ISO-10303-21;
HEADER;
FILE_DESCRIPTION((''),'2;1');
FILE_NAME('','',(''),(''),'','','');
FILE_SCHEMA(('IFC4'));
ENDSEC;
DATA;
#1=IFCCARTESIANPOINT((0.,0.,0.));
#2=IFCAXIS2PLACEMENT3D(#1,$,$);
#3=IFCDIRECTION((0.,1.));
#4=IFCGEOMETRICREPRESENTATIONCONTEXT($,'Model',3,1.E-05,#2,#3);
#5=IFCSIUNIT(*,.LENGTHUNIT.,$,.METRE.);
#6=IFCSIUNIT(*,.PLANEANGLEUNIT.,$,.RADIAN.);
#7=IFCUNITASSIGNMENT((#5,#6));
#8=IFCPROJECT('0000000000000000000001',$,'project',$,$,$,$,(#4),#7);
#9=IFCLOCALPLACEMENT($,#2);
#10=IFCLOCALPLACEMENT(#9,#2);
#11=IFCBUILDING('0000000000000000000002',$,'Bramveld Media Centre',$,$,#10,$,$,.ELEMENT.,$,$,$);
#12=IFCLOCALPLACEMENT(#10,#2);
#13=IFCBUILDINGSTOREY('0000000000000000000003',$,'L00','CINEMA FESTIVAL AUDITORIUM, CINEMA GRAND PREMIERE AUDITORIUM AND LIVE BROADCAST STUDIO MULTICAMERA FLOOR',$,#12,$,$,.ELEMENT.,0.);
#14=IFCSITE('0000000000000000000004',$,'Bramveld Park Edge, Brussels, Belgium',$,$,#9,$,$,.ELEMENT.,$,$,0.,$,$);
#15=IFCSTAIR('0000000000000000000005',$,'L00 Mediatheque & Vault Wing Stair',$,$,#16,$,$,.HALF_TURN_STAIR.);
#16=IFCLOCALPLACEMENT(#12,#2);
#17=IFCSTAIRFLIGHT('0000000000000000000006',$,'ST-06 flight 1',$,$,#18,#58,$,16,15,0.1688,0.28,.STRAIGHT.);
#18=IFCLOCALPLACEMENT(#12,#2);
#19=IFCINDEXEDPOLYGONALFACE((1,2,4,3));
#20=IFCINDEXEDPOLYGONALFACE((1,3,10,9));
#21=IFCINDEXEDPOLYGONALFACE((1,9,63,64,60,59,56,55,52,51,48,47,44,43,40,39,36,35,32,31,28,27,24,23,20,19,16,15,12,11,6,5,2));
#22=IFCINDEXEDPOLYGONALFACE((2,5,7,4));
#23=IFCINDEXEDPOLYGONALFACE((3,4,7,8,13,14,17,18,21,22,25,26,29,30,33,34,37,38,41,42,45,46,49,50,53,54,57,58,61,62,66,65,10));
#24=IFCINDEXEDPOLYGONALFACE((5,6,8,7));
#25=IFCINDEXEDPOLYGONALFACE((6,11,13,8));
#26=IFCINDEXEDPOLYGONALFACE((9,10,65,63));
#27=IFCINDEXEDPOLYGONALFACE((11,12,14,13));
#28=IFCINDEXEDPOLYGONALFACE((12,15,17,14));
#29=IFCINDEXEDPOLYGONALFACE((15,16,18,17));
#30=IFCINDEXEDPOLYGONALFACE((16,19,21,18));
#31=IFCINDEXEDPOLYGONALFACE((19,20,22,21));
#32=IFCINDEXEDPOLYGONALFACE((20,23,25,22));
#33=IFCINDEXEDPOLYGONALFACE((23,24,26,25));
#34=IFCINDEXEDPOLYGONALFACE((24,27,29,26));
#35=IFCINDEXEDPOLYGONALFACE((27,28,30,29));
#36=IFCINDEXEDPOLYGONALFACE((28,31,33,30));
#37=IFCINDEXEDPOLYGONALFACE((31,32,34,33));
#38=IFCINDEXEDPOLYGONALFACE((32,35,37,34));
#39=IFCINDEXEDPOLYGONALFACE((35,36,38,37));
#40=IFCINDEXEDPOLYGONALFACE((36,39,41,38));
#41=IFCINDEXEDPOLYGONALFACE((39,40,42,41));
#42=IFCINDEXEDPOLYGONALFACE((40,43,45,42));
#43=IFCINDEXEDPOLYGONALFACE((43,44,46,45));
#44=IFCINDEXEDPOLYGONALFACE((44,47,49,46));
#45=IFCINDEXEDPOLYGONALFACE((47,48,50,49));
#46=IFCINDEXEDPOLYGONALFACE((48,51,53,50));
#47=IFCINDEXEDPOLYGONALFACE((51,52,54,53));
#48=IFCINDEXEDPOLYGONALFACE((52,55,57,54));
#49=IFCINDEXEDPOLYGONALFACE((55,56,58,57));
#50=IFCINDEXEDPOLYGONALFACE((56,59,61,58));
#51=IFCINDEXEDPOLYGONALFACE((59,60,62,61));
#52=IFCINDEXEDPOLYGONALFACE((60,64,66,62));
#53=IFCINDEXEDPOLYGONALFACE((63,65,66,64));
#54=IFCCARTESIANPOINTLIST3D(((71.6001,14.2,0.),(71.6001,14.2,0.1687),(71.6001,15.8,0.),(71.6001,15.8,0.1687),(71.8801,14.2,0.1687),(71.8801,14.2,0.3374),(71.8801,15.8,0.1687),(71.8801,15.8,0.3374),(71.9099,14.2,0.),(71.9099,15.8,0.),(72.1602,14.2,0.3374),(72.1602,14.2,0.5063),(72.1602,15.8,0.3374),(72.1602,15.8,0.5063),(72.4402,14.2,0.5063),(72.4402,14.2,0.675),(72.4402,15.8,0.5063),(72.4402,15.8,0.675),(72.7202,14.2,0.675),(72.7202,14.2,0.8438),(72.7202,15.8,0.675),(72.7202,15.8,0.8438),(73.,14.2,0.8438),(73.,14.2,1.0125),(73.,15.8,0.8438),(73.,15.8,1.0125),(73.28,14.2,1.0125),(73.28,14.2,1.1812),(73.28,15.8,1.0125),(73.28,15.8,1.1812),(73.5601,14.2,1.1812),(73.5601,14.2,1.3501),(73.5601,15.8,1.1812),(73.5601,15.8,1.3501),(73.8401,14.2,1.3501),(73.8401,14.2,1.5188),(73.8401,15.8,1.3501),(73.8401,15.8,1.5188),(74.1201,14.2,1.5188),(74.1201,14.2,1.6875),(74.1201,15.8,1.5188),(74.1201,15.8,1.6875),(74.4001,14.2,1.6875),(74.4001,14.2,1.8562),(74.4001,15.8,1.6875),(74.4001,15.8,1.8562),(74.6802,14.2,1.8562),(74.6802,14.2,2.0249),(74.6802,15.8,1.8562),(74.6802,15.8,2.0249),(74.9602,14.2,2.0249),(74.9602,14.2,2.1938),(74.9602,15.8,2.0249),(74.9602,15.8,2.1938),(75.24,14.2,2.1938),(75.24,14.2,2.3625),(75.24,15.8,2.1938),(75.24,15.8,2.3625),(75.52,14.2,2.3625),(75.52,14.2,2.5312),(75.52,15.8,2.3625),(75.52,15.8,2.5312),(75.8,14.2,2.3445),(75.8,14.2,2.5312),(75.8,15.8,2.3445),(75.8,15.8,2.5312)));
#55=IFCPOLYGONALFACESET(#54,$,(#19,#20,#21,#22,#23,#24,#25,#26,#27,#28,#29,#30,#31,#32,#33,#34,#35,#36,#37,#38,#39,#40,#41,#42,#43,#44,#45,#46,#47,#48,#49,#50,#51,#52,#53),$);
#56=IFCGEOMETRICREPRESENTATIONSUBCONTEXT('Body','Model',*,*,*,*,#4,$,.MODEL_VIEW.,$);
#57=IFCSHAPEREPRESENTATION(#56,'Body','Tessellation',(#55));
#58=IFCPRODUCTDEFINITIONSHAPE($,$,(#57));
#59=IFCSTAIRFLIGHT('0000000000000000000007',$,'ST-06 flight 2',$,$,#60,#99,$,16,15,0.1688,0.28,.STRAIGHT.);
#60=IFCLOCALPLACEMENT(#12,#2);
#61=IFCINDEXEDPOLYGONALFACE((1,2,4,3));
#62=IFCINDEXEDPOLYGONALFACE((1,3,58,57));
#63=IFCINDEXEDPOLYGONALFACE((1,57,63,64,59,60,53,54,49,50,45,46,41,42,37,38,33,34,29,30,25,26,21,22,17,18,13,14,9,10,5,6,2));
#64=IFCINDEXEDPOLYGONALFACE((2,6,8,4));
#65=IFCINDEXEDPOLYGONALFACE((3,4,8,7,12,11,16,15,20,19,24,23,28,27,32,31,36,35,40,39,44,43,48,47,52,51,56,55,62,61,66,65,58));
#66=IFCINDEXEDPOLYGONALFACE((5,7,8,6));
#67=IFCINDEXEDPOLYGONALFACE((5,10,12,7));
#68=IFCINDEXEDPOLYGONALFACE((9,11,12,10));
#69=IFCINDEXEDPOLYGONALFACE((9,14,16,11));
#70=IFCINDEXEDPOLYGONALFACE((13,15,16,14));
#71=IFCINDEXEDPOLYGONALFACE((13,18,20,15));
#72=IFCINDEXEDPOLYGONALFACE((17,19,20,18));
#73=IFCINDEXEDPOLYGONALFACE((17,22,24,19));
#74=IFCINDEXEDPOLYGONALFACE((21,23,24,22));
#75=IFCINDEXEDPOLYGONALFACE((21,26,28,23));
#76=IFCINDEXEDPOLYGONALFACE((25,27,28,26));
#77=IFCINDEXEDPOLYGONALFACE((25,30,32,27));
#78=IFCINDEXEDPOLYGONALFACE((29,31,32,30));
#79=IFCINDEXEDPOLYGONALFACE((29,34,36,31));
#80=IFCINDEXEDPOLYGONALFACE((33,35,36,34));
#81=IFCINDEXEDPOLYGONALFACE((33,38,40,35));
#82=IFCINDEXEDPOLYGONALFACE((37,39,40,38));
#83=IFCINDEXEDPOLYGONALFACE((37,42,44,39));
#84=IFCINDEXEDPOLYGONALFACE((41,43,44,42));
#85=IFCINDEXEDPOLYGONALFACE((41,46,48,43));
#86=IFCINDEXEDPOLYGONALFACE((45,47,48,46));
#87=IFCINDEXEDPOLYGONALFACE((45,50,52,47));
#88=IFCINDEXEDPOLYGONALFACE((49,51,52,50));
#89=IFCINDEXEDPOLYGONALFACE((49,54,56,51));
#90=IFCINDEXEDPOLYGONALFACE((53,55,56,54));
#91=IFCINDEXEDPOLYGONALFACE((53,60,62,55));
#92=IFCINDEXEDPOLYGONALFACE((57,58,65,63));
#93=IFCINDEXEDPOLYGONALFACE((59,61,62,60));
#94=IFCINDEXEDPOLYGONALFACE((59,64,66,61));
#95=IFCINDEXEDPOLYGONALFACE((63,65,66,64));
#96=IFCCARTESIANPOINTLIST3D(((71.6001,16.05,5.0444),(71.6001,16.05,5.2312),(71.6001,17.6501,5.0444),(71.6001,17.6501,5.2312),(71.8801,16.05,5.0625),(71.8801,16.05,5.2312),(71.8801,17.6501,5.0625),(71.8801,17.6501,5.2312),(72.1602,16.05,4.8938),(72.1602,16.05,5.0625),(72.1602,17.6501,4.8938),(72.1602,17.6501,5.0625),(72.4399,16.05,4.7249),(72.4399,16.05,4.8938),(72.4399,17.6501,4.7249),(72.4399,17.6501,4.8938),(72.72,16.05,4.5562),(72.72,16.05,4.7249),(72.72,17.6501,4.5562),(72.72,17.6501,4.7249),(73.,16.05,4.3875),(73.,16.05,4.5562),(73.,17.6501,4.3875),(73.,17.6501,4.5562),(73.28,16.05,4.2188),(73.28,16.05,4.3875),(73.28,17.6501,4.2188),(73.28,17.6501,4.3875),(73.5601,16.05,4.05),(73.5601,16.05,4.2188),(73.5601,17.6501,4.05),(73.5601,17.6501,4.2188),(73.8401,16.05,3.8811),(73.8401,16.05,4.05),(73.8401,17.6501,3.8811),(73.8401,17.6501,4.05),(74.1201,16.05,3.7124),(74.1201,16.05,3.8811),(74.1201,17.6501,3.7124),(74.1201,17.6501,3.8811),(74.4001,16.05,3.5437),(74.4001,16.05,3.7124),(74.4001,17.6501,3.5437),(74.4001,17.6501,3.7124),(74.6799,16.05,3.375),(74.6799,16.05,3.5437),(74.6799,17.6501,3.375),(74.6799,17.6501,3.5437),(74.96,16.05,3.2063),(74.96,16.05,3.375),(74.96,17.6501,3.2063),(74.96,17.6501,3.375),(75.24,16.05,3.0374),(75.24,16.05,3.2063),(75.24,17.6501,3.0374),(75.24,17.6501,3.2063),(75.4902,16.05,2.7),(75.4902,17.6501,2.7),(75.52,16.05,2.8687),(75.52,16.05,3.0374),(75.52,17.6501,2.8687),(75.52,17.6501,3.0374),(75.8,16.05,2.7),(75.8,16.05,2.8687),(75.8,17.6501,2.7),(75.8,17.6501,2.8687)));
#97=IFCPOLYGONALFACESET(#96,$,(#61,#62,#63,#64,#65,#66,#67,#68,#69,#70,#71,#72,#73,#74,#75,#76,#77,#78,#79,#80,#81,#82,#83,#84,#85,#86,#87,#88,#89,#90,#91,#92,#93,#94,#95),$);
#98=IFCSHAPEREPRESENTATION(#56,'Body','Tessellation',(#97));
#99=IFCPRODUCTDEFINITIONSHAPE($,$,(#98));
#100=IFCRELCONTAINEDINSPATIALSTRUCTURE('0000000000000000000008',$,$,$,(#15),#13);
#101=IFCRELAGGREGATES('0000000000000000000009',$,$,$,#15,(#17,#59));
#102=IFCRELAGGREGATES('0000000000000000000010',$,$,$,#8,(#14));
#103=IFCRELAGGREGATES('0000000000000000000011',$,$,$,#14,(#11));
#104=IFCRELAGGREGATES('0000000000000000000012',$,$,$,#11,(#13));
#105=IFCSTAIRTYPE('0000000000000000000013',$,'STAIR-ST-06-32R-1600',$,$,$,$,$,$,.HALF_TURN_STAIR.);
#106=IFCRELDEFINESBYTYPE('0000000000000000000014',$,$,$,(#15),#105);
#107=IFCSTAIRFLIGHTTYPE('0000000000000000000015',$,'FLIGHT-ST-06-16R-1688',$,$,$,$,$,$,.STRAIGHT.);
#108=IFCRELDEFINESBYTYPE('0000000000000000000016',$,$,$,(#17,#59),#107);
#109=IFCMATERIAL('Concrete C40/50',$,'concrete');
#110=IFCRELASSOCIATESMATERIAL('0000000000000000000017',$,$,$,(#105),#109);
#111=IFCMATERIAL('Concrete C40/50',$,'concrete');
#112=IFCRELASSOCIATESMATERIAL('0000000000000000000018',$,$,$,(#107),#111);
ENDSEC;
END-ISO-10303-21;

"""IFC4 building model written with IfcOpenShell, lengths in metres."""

from ifc_helpers import new_model, si_unit, direction, frame, origin, place, context, subcontext, project, spatial, polyline, outline, extrude, material, type_object, element, aggregate, save


model = new_model("IFC4")

# Units and contexts
model_context = context("Model", 3, precision=1e-05, world=origin(), true_north=direction((0.0, 1.0)))
body_context = subcontext(model_context, "Body", "Model", "MODEL_VIEW")
ifc_project = project(units=[si_unit("LENGTHUNIT", "METRE"), si_unit("PLANEANGLEUNIT", "RADIAN")], contexts=[model_context])

# Site, building, storey
site_placement = place(None, origin())
site = spatial("IfcSite", under=ifc_project, at=site_placement, Name="Bramveld Park Edge, Brussels, Belgium", CompositionType="ELEMENT", RefElevation=0.0)
building_placement = place(site_placement, origin())
building = spatial("IfcBuilding", under=site, at=building_placement, Name="Bramveld Media Centre", CompositionType="ELEMENT")
storey_placement = place(building_placement, origin())
storey = spatial("IfcBuildingStorey", under=building, at=storey_placement, Name="L00", Description="CINEMA FESTIVAL AUDITORIUM, CINEMA GRAND PREMIERE AUDITORIUM AND LIVE BROADCAST STUDIO MULTICAMERA FLOOR", CompositionType="ELEMENT", Elevation=0.0)

# Stair, stair flights
ifc_material_1 = material(Name="Concrete C40/50", Category="concrete")
stair_type = type_object("IfcStairType", Name="STAIR-ST-06-32R-1600", PredefinedType="HALF_TURN_STAIR", material=ifc_material_1)
stair_placement = place(storey_placement, origin())
stair = element("IfcStair", 1, at=stair_placement, inside=storey, type_object=stair_type, Name="L00 Mediatheque & Vault Wing Stair", PredefinedType="HALF_TURN_STAIR")
ifc_material_2 = material(Name="Concrete C40/50", Category="concrete")
stair_flight_type = type_object("IfcStairFlightType", Name="FLIGHT-ST-06-16R-1688", PredefinedType="STRAIGHT", material=ifc_material_2)
stair_flight_1_placement = place(storey_placement, frame((71.6001, 15.0, 0.0), z_axis=(0.0, 0.0, 1.0), x_axis=(1.0, 0.0, 0.0)))
stair_flight_1 = element("IfcStairFlight", 2, at=stair_flight_1_placement, type_object=stair_flight_type, Name="ST-06 flight 1", NumberOfRisers=16, NumberOfTreads=15, PredefinedType="STRAIGHT", RiserHeight=0.1688, TreadLength=0.28, context=body_context, shape_type="SweptSolid", body=[
    extrude(outline(polyline([(0.0, 0.0), (0.0, 0.1687), (0.28, 0.1687), (0.28, 0.3374), (0.5601, 0.3374), (0.5601, 0.5063), (0.8401, 0.5063), (0.8401, 0.675), (1.1201, 0.675), (1.1201, 0.8438), (1.3999, 0.8438), (1.3999, 1.0125), (1.6799, 1.0125), (1.6799, 1.1812), (1.96, 1.1812), (1.96, 1.3501), (2.24, 1.3501), (2.24, 1.5188), (2.52, 1.5188), (2.52, 1.6875), (2.8, 1.6875), (2.8, 1.8562), (3.0801, 1.8562), (3.0801, 2.0249), (3.3601, 2.0249), (3.3601, 2.1938), (3.6399, 2.1938), (3.6399, 2.3625), (3.9199, 2.3625), (3.9199, 2.5312), (4.2, 2.5312), (4.2, 2.7), (4.2, 2.3445), (0.3098, 0.0), (0.0, 0.0)])), frame((0.0, 0.8, 0.0), z_axis=(0.0, -1.0, 0.0), x_axis=(1.0, 0.0, 0.0)), (0.0, 0.0, 1.0), 1.6001),
])
stair_flight_2_placement = place(storey_placement, frame((75.8, 16.8501, 2.7), z_axis=(0.0, 0.0, 1.0), x_axis=(-1.0, 0.0, 0.0)))
stair_flight_2 = element("IfcStairFlight", 3, at=stair_flight_2_placement, type_object=stair_flight_type, Name="ST-06 flight 2", NumberOfRisers=16, NumberOfTreads=15, PredefinedType="STRAIGHT", RiserHeight=0.1688, TreadLength=0.28, context=body_context, shape_type="SweptSolid", body=[
    extrude(outline(polyline([(0.0, 0.0), (0.0, 0.1687), (0.28, 0.1687), (0.28, 0.3374), (0.5601, 0.3374), (0.5601, 0.5063), (0.8401, 0.5063), (0.8401, 0.675), (1.1201, 0.675), (1.1201, 0.8438), (1.3999, 0.8438), (1.3999, 1.0125), (1.6799, 1.0125), (1.6799, 1.1812), (1.96, 1.1812), (1.96, 1.3501), (2.24, 1.3501), (2.24, 1.5188), (2.52, 1.5188), (2.52, 1.6875), (2.8, 1.6875), (2.8, 1.8562), (3.0801, 1.8562), (3.0801, 2.0249), (3.3601, 2.0249), (3.3601, 2.1938), (3.6399, 2.1938), (3.6399, 2.3625), (3.9199, 2.3625), (3.9199, 2.5312), (4.2, 2.5312), (4.2, 2.7), (4.2, 2.3445), (0.3098, 0.0), (0.0, 0.0)])), frame((0.0, 0.8, 0.0), z_axis=(0.0, -1.0, 0.0), x_axis=(1.0, 0.0, 0.0)), (0.0, 0.0, 1.0), 1.6001),
])
aggregate(stair, [stair_flight_1, stair_flight_2])

save(model, "model.ifc")
